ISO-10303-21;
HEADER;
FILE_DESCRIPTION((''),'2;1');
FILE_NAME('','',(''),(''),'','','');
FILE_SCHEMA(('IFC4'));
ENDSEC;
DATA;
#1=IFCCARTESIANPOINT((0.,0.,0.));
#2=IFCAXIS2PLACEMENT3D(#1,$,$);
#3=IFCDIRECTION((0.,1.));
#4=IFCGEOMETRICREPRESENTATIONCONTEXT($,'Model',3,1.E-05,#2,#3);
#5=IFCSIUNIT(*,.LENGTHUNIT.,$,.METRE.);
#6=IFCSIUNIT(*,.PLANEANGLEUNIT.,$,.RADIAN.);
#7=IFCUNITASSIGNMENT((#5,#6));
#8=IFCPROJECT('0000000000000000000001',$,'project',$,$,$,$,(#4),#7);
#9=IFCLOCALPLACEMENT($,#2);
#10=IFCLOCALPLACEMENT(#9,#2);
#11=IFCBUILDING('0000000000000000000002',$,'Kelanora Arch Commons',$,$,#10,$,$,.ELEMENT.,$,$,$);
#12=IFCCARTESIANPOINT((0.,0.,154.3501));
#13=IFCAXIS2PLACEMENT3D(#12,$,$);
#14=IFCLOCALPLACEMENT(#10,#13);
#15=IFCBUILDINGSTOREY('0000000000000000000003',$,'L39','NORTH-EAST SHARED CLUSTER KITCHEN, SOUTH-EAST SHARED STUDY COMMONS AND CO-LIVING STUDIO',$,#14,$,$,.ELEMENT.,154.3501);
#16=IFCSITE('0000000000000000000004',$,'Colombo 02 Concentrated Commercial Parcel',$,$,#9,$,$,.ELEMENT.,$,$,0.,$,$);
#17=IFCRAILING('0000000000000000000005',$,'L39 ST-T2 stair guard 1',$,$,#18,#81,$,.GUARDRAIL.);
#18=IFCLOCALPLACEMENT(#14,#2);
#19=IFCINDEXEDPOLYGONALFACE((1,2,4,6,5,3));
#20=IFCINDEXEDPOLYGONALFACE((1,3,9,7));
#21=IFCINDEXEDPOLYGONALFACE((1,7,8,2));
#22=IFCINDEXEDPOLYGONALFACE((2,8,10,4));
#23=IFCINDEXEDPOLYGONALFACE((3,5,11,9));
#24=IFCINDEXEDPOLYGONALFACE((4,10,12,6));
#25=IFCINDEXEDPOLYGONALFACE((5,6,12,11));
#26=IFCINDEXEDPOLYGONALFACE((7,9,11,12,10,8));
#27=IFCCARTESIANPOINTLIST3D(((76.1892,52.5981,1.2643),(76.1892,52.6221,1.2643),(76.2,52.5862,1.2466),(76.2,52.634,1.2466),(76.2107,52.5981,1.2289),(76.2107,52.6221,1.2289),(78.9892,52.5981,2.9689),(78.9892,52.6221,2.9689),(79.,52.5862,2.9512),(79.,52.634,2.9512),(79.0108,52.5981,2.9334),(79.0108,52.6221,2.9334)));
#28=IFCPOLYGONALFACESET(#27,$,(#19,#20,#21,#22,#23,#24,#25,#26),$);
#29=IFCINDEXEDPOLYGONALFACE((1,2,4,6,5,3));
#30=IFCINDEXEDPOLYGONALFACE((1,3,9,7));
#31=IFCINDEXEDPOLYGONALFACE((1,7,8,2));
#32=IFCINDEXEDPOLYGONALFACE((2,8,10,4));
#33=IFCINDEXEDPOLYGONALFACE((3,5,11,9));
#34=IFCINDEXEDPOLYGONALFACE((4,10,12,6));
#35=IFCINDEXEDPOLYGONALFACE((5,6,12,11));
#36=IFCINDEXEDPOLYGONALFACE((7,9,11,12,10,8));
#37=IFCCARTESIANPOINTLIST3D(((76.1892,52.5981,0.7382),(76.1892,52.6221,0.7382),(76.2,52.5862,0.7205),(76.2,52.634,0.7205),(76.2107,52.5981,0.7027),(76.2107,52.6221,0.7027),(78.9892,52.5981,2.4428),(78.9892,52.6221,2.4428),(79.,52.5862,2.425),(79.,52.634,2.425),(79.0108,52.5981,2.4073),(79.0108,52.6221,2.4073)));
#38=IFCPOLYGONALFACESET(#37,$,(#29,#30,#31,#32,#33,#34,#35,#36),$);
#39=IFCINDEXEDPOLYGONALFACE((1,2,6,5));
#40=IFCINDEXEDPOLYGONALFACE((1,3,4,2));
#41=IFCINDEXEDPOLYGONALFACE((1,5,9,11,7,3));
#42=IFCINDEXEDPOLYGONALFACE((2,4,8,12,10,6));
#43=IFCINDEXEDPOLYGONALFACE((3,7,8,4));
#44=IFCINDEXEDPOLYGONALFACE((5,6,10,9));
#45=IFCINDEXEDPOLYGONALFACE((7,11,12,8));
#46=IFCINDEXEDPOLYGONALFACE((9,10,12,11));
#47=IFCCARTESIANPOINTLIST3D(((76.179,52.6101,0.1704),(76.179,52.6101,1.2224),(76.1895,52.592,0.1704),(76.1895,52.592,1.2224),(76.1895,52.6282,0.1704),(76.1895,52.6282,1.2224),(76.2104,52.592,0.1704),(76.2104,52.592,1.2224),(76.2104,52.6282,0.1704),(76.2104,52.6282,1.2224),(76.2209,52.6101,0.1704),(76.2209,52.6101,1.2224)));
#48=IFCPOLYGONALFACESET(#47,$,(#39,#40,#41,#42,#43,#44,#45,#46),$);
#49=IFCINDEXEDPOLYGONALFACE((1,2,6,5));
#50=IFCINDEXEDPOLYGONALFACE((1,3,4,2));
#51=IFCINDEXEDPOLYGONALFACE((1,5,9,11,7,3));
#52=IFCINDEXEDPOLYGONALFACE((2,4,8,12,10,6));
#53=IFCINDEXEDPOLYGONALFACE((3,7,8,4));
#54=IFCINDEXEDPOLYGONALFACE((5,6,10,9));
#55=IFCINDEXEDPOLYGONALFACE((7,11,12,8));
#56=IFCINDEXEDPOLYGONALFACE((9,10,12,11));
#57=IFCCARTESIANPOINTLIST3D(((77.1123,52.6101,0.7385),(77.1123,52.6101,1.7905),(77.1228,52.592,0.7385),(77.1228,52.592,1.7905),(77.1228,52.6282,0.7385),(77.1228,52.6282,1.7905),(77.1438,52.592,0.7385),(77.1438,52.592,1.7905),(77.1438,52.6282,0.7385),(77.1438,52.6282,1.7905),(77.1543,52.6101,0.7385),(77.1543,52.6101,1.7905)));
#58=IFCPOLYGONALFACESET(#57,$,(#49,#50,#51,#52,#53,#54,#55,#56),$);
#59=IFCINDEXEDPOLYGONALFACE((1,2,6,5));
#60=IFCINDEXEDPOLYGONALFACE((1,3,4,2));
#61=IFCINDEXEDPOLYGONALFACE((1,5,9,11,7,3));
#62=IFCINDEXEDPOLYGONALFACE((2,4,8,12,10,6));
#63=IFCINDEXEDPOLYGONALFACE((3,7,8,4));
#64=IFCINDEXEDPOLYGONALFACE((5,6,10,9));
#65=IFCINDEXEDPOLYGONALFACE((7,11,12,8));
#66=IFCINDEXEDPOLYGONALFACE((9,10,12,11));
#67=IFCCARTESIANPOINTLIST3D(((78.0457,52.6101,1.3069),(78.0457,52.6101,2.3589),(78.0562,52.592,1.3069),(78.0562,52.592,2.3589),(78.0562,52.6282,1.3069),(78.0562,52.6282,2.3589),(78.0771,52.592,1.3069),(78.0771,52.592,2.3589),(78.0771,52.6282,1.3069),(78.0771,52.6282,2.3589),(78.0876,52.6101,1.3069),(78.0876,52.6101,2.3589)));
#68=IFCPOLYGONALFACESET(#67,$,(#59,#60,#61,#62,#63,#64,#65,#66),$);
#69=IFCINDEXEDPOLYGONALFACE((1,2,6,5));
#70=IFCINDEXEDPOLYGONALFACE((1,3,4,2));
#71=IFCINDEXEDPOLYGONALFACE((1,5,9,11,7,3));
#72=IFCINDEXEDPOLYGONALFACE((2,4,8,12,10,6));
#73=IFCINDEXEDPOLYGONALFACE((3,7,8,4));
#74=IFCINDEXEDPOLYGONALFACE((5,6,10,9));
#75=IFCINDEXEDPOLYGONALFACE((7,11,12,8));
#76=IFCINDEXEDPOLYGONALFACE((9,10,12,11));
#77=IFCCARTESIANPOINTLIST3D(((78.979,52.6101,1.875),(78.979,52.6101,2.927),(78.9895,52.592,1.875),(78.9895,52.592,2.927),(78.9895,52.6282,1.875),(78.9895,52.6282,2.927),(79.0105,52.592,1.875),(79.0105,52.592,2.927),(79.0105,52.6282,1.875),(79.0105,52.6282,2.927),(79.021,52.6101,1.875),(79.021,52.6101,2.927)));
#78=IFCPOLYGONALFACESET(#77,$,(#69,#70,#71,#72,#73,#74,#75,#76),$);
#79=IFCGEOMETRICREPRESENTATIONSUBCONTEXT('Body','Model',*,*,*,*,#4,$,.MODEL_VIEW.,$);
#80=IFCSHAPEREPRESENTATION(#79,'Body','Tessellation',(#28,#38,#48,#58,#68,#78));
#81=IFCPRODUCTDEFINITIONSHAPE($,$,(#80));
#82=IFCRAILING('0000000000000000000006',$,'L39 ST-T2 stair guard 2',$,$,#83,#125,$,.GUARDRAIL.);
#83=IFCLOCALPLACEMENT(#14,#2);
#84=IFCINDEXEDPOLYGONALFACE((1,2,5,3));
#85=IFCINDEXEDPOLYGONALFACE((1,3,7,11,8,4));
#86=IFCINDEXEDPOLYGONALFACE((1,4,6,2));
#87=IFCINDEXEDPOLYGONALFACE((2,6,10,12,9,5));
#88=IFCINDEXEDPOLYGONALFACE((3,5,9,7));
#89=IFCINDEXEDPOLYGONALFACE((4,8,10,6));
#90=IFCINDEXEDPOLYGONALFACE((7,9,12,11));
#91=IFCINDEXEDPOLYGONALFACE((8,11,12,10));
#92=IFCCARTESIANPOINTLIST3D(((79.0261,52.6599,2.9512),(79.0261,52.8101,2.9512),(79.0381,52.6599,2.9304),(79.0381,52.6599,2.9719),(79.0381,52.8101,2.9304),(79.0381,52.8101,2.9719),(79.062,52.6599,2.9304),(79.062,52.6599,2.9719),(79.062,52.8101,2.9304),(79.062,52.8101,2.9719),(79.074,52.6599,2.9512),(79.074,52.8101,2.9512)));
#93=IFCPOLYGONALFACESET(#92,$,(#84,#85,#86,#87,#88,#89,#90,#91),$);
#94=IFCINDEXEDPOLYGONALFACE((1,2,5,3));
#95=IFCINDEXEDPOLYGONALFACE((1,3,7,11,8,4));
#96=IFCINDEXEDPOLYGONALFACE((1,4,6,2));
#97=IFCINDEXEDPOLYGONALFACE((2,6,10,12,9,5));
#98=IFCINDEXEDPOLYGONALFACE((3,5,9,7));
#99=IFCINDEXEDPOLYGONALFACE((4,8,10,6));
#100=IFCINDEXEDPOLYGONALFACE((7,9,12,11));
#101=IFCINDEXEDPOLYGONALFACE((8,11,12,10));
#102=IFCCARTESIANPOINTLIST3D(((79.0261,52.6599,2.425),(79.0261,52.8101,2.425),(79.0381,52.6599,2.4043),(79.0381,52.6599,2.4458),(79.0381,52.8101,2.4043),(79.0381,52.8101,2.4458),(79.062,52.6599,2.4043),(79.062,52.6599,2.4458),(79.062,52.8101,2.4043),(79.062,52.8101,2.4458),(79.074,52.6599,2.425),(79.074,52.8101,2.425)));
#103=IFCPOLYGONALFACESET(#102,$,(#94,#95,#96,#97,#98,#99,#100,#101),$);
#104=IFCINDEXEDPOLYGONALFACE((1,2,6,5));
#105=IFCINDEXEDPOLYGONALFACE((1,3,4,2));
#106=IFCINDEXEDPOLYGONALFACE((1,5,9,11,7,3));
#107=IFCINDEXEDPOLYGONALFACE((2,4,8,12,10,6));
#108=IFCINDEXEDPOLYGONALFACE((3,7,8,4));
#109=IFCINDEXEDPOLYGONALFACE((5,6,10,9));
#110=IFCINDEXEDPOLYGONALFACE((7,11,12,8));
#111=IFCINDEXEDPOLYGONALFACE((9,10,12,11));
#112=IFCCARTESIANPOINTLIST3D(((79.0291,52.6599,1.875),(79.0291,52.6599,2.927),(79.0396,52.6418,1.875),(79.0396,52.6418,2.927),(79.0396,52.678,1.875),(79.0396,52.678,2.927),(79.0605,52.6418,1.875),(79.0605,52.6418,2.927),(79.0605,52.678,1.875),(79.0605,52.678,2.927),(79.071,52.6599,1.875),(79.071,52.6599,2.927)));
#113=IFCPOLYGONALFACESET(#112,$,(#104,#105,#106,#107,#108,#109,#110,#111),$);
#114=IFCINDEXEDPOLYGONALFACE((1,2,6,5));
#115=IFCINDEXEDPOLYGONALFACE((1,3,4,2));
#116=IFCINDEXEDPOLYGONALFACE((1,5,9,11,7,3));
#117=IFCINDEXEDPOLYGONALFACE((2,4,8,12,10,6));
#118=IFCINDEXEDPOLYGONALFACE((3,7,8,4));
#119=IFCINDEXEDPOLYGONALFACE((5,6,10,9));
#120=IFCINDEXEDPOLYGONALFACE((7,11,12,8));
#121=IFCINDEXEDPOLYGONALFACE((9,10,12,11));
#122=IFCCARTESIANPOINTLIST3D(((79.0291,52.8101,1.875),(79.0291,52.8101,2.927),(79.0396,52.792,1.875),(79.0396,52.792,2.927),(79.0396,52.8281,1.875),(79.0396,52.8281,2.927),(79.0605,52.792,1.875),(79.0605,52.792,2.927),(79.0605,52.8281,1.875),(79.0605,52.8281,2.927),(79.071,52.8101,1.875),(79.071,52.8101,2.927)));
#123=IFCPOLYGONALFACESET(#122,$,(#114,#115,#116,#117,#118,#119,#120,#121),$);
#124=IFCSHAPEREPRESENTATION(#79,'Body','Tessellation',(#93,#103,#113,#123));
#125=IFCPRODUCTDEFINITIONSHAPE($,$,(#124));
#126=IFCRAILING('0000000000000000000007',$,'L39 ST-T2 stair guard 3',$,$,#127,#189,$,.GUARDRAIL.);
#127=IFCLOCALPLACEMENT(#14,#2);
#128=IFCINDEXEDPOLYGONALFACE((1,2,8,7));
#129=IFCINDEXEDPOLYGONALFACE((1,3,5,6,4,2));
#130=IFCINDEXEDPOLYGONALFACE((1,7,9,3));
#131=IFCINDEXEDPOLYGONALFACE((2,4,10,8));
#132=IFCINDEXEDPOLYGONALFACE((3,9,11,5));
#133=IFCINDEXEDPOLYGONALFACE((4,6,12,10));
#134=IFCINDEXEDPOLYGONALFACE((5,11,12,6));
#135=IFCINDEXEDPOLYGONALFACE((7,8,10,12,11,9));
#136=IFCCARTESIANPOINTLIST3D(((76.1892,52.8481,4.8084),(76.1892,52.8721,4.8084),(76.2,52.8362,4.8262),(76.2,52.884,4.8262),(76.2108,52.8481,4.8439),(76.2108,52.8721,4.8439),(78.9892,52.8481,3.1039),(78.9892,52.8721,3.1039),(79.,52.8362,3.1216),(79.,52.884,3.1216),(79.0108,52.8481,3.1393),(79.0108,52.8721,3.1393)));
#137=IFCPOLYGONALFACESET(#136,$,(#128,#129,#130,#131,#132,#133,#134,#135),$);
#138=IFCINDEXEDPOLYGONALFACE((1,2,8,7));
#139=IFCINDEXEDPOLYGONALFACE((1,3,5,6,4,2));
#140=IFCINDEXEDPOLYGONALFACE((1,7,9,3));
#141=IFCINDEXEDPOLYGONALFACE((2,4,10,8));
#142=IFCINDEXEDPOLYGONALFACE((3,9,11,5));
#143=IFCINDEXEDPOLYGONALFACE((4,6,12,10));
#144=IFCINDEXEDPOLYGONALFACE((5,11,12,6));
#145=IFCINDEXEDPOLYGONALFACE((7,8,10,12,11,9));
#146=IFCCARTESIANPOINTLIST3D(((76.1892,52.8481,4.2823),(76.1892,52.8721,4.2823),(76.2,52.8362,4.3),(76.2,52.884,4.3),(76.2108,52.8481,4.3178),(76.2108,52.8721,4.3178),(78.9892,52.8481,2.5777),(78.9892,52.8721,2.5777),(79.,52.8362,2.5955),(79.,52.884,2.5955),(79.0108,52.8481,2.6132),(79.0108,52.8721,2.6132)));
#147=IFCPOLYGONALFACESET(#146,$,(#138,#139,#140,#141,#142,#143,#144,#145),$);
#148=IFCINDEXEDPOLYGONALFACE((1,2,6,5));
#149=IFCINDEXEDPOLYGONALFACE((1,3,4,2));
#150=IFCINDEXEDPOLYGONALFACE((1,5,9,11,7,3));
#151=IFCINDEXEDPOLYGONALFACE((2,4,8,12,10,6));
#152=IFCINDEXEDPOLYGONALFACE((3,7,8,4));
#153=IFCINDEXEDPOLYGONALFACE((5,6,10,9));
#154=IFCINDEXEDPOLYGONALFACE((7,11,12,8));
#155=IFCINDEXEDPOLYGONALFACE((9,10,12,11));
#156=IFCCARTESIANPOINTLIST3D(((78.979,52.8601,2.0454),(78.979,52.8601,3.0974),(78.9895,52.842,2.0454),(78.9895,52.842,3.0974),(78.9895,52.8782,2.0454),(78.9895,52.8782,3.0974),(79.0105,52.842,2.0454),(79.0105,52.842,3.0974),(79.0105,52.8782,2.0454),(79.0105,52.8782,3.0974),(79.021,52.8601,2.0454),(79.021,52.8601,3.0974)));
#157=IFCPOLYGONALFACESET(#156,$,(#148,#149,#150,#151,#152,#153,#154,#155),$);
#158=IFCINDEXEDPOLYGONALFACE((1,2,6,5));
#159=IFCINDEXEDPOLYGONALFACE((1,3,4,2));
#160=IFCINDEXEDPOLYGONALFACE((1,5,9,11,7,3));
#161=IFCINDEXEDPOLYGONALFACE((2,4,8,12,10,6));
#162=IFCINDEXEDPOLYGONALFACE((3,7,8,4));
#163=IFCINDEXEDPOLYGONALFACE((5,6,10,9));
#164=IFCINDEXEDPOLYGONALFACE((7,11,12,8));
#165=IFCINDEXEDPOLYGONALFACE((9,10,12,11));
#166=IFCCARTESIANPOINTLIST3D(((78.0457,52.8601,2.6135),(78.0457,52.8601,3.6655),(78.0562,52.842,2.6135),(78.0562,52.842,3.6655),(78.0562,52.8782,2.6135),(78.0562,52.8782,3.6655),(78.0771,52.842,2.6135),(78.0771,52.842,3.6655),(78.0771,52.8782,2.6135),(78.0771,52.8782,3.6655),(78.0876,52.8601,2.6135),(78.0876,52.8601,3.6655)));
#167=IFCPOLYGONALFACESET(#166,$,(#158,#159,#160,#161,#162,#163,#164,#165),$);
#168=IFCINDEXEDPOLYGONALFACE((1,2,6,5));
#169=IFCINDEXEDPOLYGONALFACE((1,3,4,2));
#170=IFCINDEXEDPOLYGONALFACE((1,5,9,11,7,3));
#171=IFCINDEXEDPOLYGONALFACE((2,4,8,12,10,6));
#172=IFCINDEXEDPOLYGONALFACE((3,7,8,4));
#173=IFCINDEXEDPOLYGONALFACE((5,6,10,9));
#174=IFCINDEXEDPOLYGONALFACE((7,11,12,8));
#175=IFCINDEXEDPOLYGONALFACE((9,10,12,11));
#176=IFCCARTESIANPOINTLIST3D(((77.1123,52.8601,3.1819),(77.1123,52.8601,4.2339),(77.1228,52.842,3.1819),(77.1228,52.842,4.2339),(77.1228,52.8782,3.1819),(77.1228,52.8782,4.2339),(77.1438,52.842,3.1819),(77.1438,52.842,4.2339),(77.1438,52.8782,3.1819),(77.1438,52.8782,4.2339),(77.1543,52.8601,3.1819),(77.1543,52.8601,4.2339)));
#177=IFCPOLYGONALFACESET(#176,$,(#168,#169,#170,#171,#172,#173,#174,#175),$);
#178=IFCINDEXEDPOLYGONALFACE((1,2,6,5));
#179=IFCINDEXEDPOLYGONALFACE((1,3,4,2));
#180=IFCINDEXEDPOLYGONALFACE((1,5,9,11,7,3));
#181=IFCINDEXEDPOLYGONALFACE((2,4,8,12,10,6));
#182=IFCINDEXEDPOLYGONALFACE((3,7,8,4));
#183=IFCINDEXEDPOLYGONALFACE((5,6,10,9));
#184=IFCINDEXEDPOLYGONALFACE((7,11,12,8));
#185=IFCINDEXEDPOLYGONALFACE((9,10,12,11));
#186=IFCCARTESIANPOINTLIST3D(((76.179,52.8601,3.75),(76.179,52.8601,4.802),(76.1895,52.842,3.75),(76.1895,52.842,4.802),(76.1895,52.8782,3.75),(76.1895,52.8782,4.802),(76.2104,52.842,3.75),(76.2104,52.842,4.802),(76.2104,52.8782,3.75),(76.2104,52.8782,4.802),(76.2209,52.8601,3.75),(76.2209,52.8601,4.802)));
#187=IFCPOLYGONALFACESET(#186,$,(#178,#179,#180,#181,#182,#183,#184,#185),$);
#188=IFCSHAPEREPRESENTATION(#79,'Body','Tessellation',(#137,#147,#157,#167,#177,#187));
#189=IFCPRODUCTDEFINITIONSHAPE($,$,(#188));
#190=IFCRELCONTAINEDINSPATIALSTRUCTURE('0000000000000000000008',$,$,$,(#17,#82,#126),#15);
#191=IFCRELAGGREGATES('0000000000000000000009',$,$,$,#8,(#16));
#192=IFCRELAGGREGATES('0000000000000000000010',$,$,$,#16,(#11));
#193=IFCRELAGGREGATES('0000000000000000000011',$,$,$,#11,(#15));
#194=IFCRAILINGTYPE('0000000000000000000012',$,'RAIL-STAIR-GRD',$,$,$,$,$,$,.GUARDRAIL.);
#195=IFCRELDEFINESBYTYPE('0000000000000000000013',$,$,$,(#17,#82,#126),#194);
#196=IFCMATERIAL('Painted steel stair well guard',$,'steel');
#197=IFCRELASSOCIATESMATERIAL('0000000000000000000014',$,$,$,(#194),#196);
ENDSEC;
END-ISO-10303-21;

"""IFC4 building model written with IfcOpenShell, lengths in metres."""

from ifc_helpers import new_model, si_unit, direction, frame, origin, place, context, subcontext, project, spatial, polyline, outline, extrude, material, type_object, element, save


model = new_model("IFC4")

# Units and contexts
model_context = context("Model", 3, precision=1e-05, world=origin(), true_north=direction((0.0, 1.0)))
body_context = subcontext(model_context, "Body", "Model", "MODEL_VIEW")
ifc_project = project(units=[si_unit("LENGTHUNIT", "METRE"), si_unit("PLANEANGLEUNIT", "RADIAN")], contexts=[model_context])

# Site, building, storey
site_placement = place(None, origin())
site = spatial("IfcSite", under=ifc_project, at=site_placement, Name="Colombo 02 Concentrated Commercial Parcel", CompositionType="ELEMENT", RefElevation=0.0)
building_placement = place(site_placement, origin())
building = spatial("IfcBuilding", under=site, at=building_placement, Name="Kelanora Arch Commons", CompositionType="ELEMENT")
storey_placement = place(building_placement, frame((0.0, 0.0, 154.3501)))
storey = spatial("IfcBuildingStorey", under=building, at=storey_placement, Name="L39", Description="NORTH-EAST SHARED CLUSTER KITCHEN, SOUTH-EAST SHARED STUDY COMMONS AND CO-LIVING STUDIO", CompositionType="ELEMENT", Elevation=154.3501)

# Railings
ifc_material_1 = material(Name="Painted steel stair well guard", Category="steel")
railing_type_1 = type_object("IfcRailingType", Name="RAIL-STAIR-GRD", PredefinedType="GUARDRAIL", material=ifc_material_1)
railing_1_placement = place(storey_placement, frame((76.2, 52.6101, 0.1704)))
element("IfcRailing", 1, at=railing_1_placement, inside=storey, type_object=railing_type_1, Name="L39 ST-T2 stair guard 1", PredefinedType="GUARDRAIL", context=body_context, shape_type="SweptSolid", body=[
    extrude(outline(polyline([(0.0239, 0.0), (0.012, 0.0208), (-0.012, 0.0208), (-0.0239, 0.0), (-0.012, -0.0208), (0.012, -0.0208), (0.0239, 0.0)])), frame((0.0, 0.0, 1.0762), z_axis=(0.85417, 0.0, 0.519994), x_axis=(0.0, 1.0, 0.0)), (0.0, 0.0, 1.0), 3.2781),
    extrude(outline(polyline([(0.0239, 0.0), (0.012, 0.0208), (-0.012, 0.0208), (-0.0239, 0.0), (-0.012, -0.0208), (0.012, -0.0208), (0.0239, 0.0)])), frame((0.0, 0.0, 0.55), z_axis=(0.85417, 0.0, 0.519994), x_axis=(0.0, 1.0, 0.0)), (0.0, 0.0, 1.0), 3.2781),
    extrude(outline(polyline([(0.021, 0.0), (0.0105, 0.0181), (-0.0105, 0.0181), (-0.021, 0.0), (-0.0105, -0.0181), (0.0105, -0.0181), (0.021, 0.0)])), origin(), (0.0, 0.0, 1.0), 1.052),
    extrude(outline(polyline([(0.021, 0.0), (0.0105, 0.0181), (-0.0105, 0.0181), (-0.021, 0.0), (-0.0105, -0.0181), (0.0105, -0.0181), (0.021, 0.0)])), frame((0.9333, 0.0, 0.5681)), (0.0, 0.0, 1.0), 1.052),
    extrude(outline(polyline([(0.021, 0.0), (0.0105, 0.0181), (-0.0105, 0.0181), (-0.021, 0.0), (-0.0105, -0.0181), (0.0105, -0.0181), (0.021, 0.0)])), frame((1.8667, 0.0, 1.1365)), (0.0, 0.0, 1.0), 1.052),
    extrude(outline(polyline([(0.021, 0.0), (0.0105, 0.0181), (-0.0105, 0.0181), (-0.021, 0.0), (-0.0105, -0.0181), (0.0105, -0.0181), (0.021, 0.0)])), frame((2.8, 0.0, 1.7046)), (0.0, 0.0, 1.0), 1.052),
])
railing_2_placement = place(storey_placement, frame((79.05, 52.6599, 1.875)))
element("IfcRailing", 2, at=railing_2_placement, inside=storey, type_object=railing_type_1, Name="L39 ST-T2 stair guard 2", PredefinedType="GUARDRAIL", context=body_context, shape_type="SweptSolid", body=[
    extrude(outline(polyline([(0.0239, 0.0), (0.012, 0.0208), (-0.012, 0.0208), (-0.0239, 0.0), (-0.012, -0.0208), (0.012, -0.0208), (0.0239, 0.0)])), frame((0.0, 0.0, 1.0762), z_axis=(0.0, 1.0, 0.0), x_axis=(-1.0, 0.0, 0.0)), (0.0, 0.0, 1.0), 0.1501),
    extrude(outline(polyline([(0.0239, 0.0), (0.012, 0.0208), (-0.012, 0.0208), (-0.0239, 0.0), (-0.012, -0.0208), (0.012, -0.0208), (0.0239, 0.0)])), frame((0.0, 0.0, 0.55), z_axis=(0.0, 1.0, 0.0), x_axis=(-1.0, 0.0, 0.0)), (0.0, 0.0, 1.0), 0.1501),
    extrude(outline(polyline([(0.021, 0.0), (0.0105, 0.0181), (-0.0105, 0.0181), (-0.021, 0.0), (-0.0105, -0.0181), (0.0105, -0.0181), (0.021, 0.0)])), origin(), (0.0, 0.0, 1.0), 1.052),
    extrude(outline(polyline([(0.021, 0.0), (0.0105, 0.0181), (-0.0105, 0.0181), (-0.021, 0.0), (-0.0105, -0.0181), (0.0105, -0.0181), (0.021, 0.0)])), frame((0.0, 0.1501, 0.0)), (0.0, 0.0, 1.0), 1.052),
])
railing_3_placement = place(storey_placement, frame((79.0, 52.8601, 2.0454)))
element("IfcRailing", 3, at=railing_3_placement, inside=storey, type_object=railing_type_1, Name="L39 ST-T2 stair guard 3", PredefinedType="GUARDRAIL", context=body_context, shape_type="SweptSolid", body=[
    extrude(outline(polyline([(0.0239, 0.0), (0.012, 0.0208), (-0.012, 0.0208), (-0.0239, 0.0), (-0.012, -0.0208), (0.012, -0.0208), (0.0239, 0.0)])), frame((0.0, 0.0, 1.0762), z_axis=(-0.85417, 0.0, 0.519994), x_axis=(0.0, -1.0, 0.0)), (0.0, 0.0, 1.0), 3.2781),
    extrude(outline(polyline([(0.0239, 0.0), (0.012, 0.0208), (-0.012, 0.0208), (-0.0239, 0.0), (-0.012, -0.0208), (0.012, -0.0208), (0.0239, 0.0)])), frame((0.0, 0.0, 0.55), z_axis=(-0.85417, 0.0, 0.519994), x_axis=(0.0, -1.0, 0.0)), (0.0, 0.0, 1.0), 3.2781),
    extrude(outline(polyline([(0.021, 0.0), (0.0105, 0.0181), (-0.0105, 0.0181), (-0.021, 0.0), (-0.0105, -0.0181), (0.0105, -0.0181), (0.021, 0.0)])), origin(), (0.0, 0.0, 1.0), 1.052),
    extrude(outline(polyline([(0.021, 0.0), (0.0105, 0.0181), (-0.0105, 0.0181), (-0.021, 0.0), (-0.0105, -0.0181), (0.0105, -0.0181), (0.021, 0.0)])), frame((-0.9333, 0.0, 0.5681)), (0.0, 0.0, 1.0), 1.052),
    extrude(outline(polyline([(0.021, 0.0), (0.0105, 0.0181), (-0.0105, 0.0181), (-0.021, 0.0), (-0.0105, -0.0181), (0.0105, -0.0181), (0.021, 0.0)])), frame((-1.8667, 0.0, 1.1365)), (0.0, 0.0, 1.0), 1.052),
    extrude(outline(polyline([(0.021, 0.0), (0.0105, 0.0181), (-0.0105, 0.0181), (-0.021, 0.0), (-0.0105, -0.0181), (0.0105, -0.0181), (0.021, 0.0)])), frame((-2.8, 0.0, 1.7046)), (0.0, 0.0, 1.0), 1.052),
])

save(model, "model.ifc")
